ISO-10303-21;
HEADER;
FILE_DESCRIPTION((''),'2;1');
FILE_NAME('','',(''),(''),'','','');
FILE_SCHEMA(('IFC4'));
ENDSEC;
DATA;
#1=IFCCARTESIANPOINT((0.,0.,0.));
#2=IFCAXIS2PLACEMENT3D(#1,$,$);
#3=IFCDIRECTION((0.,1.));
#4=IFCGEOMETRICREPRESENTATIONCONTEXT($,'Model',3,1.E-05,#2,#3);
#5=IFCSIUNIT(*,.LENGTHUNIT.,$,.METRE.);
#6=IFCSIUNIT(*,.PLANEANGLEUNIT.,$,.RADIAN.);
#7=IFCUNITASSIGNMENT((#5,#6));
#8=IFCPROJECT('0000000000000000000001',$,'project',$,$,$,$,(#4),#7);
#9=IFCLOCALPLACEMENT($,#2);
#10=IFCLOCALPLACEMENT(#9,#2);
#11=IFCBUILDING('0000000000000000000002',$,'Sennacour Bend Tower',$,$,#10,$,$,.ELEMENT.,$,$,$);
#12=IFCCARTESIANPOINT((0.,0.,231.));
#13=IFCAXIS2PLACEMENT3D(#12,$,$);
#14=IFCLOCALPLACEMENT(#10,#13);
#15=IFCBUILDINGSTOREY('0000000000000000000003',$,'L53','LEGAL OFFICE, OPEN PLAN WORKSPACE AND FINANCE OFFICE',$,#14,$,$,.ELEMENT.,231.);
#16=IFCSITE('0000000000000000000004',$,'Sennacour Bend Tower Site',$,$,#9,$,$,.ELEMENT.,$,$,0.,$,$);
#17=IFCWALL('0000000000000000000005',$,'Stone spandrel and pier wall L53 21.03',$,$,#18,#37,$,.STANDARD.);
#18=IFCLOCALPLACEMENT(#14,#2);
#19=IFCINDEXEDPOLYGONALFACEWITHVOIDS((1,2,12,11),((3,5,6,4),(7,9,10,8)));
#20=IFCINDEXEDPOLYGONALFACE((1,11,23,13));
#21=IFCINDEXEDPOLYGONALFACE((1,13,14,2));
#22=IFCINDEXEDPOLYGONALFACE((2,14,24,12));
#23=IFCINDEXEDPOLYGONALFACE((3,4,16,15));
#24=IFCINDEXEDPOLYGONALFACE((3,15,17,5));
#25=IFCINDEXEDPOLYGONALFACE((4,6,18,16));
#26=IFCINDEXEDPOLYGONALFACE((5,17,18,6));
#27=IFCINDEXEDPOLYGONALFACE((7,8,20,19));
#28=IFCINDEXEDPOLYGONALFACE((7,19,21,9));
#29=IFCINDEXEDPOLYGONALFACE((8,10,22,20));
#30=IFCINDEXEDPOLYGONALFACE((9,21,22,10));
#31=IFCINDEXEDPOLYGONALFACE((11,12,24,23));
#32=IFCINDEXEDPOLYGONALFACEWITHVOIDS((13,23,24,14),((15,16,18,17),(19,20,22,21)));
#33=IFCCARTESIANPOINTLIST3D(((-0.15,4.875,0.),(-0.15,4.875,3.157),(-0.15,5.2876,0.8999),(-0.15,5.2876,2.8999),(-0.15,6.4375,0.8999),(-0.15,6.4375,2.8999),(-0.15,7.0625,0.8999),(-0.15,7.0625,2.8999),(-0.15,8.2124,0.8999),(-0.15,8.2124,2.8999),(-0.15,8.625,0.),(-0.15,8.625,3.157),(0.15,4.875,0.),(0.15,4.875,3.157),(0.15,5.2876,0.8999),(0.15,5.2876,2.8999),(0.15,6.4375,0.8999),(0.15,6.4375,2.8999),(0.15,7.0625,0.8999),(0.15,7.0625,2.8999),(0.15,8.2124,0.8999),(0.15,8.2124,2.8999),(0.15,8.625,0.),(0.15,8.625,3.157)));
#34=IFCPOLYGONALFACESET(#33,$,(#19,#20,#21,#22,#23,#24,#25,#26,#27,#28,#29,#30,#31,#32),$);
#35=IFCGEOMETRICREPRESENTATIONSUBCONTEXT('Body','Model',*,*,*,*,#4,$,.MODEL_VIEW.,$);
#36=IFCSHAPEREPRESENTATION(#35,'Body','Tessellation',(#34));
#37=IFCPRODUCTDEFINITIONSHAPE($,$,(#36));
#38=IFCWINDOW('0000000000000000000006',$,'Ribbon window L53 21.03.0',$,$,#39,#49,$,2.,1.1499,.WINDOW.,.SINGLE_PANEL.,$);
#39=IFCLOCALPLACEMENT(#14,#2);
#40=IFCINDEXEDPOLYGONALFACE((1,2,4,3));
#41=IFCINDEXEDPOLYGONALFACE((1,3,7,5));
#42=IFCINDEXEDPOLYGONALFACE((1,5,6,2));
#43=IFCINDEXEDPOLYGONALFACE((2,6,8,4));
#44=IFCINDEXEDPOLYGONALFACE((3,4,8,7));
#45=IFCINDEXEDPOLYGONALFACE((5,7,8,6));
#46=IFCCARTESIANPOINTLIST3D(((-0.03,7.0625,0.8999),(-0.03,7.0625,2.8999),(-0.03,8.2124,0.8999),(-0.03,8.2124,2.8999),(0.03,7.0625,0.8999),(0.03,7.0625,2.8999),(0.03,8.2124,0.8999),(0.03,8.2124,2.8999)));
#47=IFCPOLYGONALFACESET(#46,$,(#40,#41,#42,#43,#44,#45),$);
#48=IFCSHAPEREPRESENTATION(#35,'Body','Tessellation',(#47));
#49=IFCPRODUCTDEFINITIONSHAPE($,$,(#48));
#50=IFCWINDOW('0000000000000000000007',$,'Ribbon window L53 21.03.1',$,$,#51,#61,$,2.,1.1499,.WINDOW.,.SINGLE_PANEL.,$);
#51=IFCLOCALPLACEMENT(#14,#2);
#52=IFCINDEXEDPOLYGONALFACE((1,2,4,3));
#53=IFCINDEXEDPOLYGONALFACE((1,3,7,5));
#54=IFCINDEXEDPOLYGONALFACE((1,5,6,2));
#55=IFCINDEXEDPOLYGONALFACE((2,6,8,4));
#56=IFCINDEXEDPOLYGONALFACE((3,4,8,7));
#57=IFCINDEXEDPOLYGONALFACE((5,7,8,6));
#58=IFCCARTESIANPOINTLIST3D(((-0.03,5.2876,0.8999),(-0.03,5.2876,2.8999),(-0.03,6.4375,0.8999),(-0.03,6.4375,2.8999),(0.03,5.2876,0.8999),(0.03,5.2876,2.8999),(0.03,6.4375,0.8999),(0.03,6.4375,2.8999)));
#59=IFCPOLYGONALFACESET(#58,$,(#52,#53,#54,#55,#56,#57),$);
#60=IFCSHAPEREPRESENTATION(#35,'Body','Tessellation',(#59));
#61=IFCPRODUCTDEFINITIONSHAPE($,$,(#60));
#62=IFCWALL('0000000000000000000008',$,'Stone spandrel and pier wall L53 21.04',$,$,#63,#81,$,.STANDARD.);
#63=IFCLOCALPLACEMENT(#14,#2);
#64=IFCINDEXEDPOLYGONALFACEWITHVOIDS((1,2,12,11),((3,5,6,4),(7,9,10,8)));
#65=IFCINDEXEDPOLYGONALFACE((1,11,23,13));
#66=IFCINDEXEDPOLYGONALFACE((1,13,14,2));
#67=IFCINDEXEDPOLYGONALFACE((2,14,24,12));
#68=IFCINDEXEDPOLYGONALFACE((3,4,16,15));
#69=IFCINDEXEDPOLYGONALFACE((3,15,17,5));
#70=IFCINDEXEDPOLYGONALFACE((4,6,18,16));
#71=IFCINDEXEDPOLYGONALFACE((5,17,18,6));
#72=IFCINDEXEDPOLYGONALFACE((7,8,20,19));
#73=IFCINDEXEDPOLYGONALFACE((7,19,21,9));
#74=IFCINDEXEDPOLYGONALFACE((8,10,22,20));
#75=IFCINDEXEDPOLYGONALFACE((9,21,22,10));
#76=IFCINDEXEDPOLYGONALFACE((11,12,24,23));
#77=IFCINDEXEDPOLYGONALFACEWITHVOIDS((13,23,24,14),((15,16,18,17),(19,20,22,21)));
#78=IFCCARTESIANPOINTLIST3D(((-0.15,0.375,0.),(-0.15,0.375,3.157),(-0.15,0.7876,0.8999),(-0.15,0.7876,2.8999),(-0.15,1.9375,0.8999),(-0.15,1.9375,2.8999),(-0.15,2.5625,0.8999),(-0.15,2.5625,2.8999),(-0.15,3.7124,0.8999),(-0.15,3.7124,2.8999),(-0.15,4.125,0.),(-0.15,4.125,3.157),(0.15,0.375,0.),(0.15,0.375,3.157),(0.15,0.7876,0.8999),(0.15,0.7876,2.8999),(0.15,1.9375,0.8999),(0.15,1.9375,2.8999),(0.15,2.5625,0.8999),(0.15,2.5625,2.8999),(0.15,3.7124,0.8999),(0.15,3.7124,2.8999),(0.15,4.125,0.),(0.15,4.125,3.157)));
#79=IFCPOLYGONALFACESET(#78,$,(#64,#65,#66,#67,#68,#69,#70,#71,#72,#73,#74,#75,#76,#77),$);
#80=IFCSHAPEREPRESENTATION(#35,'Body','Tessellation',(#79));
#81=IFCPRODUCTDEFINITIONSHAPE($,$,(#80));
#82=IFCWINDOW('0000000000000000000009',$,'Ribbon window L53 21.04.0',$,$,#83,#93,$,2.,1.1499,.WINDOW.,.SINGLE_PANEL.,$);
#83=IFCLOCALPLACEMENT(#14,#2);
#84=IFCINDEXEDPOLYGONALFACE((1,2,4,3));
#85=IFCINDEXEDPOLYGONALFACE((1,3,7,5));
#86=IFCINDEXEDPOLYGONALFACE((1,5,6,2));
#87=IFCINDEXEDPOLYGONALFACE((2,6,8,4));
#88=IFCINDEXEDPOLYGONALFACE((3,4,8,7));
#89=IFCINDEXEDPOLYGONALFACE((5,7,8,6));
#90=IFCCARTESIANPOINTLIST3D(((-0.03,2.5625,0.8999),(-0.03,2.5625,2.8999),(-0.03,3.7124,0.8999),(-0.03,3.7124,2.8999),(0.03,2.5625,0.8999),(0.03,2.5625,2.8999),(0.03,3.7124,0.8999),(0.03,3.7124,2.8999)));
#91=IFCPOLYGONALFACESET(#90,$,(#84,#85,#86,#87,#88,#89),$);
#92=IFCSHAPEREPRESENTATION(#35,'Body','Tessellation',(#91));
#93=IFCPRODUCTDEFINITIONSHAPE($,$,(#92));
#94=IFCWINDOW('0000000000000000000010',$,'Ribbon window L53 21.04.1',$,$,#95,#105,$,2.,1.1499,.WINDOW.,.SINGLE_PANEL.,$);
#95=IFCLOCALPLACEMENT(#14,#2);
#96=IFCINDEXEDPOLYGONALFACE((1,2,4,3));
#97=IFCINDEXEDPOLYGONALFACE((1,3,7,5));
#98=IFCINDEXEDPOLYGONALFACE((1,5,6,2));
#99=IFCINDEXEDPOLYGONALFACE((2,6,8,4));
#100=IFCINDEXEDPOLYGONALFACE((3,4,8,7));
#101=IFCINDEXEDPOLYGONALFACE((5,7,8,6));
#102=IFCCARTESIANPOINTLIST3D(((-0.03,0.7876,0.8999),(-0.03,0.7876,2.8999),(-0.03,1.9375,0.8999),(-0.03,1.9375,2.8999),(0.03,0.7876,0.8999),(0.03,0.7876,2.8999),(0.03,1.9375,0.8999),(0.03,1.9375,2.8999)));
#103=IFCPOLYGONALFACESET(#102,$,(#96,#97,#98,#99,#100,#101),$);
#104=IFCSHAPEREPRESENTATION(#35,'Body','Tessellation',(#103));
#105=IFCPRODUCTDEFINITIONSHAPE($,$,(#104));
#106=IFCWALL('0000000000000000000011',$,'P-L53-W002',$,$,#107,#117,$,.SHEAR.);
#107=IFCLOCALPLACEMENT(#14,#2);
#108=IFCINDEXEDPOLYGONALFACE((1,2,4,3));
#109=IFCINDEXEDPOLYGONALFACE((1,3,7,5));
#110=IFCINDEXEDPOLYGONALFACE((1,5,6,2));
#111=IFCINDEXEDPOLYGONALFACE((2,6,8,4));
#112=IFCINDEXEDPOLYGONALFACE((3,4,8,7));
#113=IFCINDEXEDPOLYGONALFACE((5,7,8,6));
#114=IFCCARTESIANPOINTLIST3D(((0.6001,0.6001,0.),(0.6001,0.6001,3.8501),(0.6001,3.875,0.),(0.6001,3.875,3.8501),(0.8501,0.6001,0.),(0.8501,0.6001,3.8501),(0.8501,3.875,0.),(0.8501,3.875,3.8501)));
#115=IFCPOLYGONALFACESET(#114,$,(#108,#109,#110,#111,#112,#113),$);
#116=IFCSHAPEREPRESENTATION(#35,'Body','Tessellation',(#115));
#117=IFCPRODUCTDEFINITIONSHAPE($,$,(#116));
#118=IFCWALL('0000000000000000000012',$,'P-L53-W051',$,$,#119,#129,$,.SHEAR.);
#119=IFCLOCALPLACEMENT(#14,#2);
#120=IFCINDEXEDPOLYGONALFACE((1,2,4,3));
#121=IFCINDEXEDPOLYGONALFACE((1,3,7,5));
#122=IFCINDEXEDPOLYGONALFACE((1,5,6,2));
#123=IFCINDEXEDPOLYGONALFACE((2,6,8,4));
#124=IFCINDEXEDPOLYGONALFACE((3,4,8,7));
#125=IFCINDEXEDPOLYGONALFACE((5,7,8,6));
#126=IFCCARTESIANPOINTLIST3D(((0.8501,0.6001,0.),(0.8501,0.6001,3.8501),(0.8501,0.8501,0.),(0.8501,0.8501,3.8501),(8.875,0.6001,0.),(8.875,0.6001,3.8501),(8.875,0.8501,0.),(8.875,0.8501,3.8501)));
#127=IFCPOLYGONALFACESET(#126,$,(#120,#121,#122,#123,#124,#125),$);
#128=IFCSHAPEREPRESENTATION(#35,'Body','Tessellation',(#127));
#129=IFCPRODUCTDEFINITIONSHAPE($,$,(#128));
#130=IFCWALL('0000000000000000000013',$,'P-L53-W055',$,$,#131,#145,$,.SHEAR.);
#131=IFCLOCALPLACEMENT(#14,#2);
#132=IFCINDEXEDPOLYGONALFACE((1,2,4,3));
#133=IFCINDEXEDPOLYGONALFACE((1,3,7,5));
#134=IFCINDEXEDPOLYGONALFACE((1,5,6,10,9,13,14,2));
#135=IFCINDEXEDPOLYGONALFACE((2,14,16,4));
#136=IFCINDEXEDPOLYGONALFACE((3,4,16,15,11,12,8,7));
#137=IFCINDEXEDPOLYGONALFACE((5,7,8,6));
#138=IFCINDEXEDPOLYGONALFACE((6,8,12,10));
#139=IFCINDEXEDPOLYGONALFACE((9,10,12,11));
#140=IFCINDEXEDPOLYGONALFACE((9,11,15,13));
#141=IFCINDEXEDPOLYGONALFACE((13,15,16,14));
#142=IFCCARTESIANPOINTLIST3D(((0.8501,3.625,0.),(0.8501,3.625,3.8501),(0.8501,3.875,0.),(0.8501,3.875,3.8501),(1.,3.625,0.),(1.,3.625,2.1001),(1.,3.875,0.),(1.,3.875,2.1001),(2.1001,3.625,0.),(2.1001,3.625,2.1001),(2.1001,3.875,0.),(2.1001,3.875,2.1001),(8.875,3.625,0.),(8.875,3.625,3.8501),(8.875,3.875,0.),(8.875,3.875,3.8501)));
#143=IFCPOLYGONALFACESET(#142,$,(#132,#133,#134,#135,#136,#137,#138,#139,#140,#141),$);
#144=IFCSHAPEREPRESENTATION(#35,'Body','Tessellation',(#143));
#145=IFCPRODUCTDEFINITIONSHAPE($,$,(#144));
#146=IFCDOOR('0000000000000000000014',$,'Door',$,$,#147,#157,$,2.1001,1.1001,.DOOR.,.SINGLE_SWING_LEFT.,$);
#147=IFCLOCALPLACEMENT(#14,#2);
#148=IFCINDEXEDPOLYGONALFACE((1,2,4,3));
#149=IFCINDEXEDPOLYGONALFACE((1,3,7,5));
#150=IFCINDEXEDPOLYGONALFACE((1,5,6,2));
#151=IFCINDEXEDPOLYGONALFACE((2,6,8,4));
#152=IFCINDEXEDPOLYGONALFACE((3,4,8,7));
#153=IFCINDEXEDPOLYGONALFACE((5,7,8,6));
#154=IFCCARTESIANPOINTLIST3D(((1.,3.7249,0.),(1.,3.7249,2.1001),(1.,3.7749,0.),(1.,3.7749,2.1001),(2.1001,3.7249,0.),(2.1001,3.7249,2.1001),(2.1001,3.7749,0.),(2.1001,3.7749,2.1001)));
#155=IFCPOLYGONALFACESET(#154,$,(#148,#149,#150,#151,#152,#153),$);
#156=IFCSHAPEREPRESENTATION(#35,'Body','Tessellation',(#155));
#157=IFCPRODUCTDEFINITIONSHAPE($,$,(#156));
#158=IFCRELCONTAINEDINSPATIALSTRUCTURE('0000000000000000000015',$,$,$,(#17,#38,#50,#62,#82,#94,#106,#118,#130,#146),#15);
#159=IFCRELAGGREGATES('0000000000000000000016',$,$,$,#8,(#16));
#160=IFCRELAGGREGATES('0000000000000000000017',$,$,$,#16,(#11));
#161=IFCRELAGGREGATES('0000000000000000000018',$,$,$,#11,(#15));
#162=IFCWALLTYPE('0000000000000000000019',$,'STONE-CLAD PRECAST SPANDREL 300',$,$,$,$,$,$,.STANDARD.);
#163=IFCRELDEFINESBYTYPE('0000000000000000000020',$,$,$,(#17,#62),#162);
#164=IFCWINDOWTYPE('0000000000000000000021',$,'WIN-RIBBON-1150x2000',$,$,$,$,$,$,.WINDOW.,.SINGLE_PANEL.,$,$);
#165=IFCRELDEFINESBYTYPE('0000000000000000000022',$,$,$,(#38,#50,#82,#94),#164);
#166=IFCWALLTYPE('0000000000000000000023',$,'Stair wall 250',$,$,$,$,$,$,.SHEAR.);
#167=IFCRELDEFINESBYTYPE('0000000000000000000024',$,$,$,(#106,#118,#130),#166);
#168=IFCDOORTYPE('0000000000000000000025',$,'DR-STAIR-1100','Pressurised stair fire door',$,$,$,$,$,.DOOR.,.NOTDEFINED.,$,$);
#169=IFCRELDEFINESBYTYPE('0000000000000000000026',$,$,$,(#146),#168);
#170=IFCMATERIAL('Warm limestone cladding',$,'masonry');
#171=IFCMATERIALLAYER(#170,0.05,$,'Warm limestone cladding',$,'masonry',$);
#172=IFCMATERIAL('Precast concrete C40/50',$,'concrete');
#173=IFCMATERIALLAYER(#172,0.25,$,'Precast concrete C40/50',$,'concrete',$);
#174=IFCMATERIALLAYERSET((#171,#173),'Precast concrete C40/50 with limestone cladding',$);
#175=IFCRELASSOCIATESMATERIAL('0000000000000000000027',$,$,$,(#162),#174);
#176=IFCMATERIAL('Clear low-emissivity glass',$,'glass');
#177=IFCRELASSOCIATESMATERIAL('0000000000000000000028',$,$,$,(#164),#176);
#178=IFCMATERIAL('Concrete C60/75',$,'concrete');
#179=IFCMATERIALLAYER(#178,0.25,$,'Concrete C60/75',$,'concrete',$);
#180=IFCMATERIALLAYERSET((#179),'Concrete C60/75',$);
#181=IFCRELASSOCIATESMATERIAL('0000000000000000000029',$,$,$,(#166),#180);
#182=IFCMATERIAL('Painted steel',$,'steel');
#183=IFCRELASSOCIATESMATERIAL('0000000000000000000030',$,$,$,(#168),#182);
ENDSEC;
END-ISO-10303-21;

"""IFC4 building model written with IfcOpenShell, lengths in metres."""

from ifc_helpers import new_model, si_unit, direction, frame, frame_2d, origin, place, context, subcontext, project, spatial, rectangle, extrude, material, layer, layer_set, type_object, element, fill, save


model = new_model("IFC4")

# Units and contexts
model_context = context("Model", 3, precision=1e-05, world=origin(), true_north=direction((0.0, 1.0)))
body_context = subcontext(model_context, "Body", "Model", "MODEL_VIEW")
ifc_project = project(units=[si_unit("LENGTHUNIT", "METRE"), si_unit("PLANEANGLEUNIT", "RADIAN")], contexts=[model_context])

# Site, building, storey
site_placement = place(None, origin())
site = spatial("IfcSite", under=ifc_project, at=site_placement, Name="Sennacour Bend Tower Site", CompositionType="ELEMENT", RefElevation=0.0)
building_placement = place(site_placement, origin())
building = spatial("IfcBuilding", under=site, at=building_placement, Name="Sennacour Bend Tower", CompositionType="ELEMENT")
storey_placement = place(building_placement, frame((0.0, 0.0, 231.0)))
storey = spatial("IfcBuildingStorey", under=building, at=storey_placement, Name="L53", Description="LEGAL OFFICE, OPEN PLAN WORKSPACE AND FINANCE OFFICE", CompositionType="ELEMENT", Elevation=231.0)

# Shared definitions
ifc_material_1 = material(Name="Painted steel", Category="steel")

# Walls, openings, windows
ifc_material_2 = material(Name="Warm limestone cladding", Category="masonry")
ifc_layer_1 = layer(ifc_material_2, 0.05, Name="Warm limestone cladding", Category="masonry")
ifc_material_3 = material(Name="Precast concrete C40/50", Category="concrete")
ifc_layer_2 = layer(ifc_material_3, 0.25, Name="Precast concrete C40/50", Category="concrete")
ifc_layer_set_1 = layer_set([ifc_layer_1, ifc_layer_2], Name="Precast concrete C40/50 with limestone cladding")
wall_type_1 = type_object("IfcWallType", Name="STONE-CLAD PRECAST SPANDREL 300", PredefinedType="STANDARD", material=ifc_layer_set_1)
wall_1_placement = place(storey_placement, frame((0.0, 8.625, 0.0), z_axis=(0.0, 0.0, 1.0), x_axis=(0.0, -1.0, 0.0)))
wall_1 = element("IfcWall", 1, at=wall_1_placement, inside=storey, type_object=wall_type_1, Name="Stone spandrel and pier wall L53 21.03", PredefinedType="STANDARD", context=body_context, shape_type="SweptSolid", body=[
    extrude(rectangle(XDim=3.75, YDim=0.3, at=frame_2d((1.875, 0.0))), origin(), (0.0, 0.0, 1.0), 3.157),
])
opening_1_placement = place(wall_1_placement, frame((0.4126, 0.0, 0.8999)))
opening_1 = element("IfcOpeningElement", 2, at=opening_1_placement, cuts=wall_1, PredefinedType="OPENING", context=body_context, shape_type="SweptSolid", body=[
    extrude(rectangle(XDim=1.1499, YDim=2.0, at=frame_2d((0.575, 1.0))), frame((0.0, 0.1602, 0.0), z_axis=(0.0, -1.0, 0.0), x_axis=(1.0, 0.0, 0.0)), (0.0, 0.0, 1.0), 0.3201),
])
opening_2_placement = place(wall_1_placement, frame((2.1875, 0.0, 0.8999)))
opening_2 = element("IfcOpeningElement", 3, at=opening_2_placement, cuts=wall_1, PredefinedType="OPENING", context=body_context, shape_type="SweptSolid", body=[
    extrude(rectangle(XDim=1.1499, YDim=2.0, at=frame_2d((0.575, 1.0))), frame((0.0, 0.1602, 0.0), z_axis=(0.0, -1.0, 0.0), x_axis=(1.0, 0.0, 0.0)), (0.0, 0.0, 1.0), 0.3201),
])
ifc_material_4 = material(Name="Clear low-emissivity glass", Category="glass")
window_type = type_object("IfcWindowType", Name="WIN-RIBBON-1150x2000", PartitioningType="SINGLE_PANEL", PredefinedType="WINDOW", material=ifc_material_4)
window_1_placement = place(opening_1_placement, origin())
window_1 = element("IfcWindow", 4, at=window_1_placement, inside=storey, type_object=window_type, Name="Ribbon window L53 21.03.0", OverallHeight=2.0, OverallWidth=1.1499, PartitioningType="SINGLE_PANEL", PredefinedType="WINDOW", context=body_context, shape_type="SweptSolid", body=[
    extrude(rectangle(XDim=1.1499, YDim=2.0, at=frame_2d((0.575, 1.0))), frame((0.0, 0.03, 0.0), z_axis=(0.0, -1.0, 0.0), x_axis=(1.0, 0.0, 0.0)), (0.0, 0.0, 1.0), 0.0601),
])
fill(opening_1, window_1)
window_2_placement = place(opening_2_placement, origin())
window_2 = element("IfcWindow", 5, at=window_2_placement, inside=storey, type_object=window_type, Name="Ribbon window L53 21.03.1", OverallHeight=2.0, OverallWidth=1.1499, PartitioningType="SINGLE_PANEL", PredefinedType="WINDOW", context=body_context, shape_type="SweptSolid", body=[
    extrude(rectangle(XDim=1.1499, YDim=2.0, at=frame_2d((0.575, 1.0))), frame((0.0, 0.03, 0.0), z_axis=(0.0, -1.0, 0.0), x_axis=(1.0, 0.0, 0.0)), (0.0, 0.0, 1.0), 0.0601),
])
fill(opening_2, window_2)
wall_2_placement = place(storey_placement, frame((0.0, 4.125, 0.0), z_axis=(0.0, 0.0, 1.0), x_axis=(0.0, -1.0, 0.0)))
wall_2 = element("IfcWall", 6, at=wall_2_placement, inside=storey, type_object=wall_type_1, Name="Stone spandrel and pier wall L53 21.04", PredefinedType="STANDARD", context=body_context, shape_type="SweptSolid", body=[
    extrude(rectangle(XDim=3.75, YDim=0.3, at=frame_2d((1.875, 0.0))), origin(), (0.0, 0.0, 1.0), 3.157),
])
opening_3_placement = place(wall_2_placement, frame((0.4126, 0.0, 0.8999)))
opening_3 = element("IfcOpeningElement", 7, at=opening_3_placement, cuts=wall_2, PredefinedType="OPENING", context=body_context, shape_type="SweptSolid", body=[
    extrude(rectangle(XDim=1.1499, YDim=2.0, at=frame_2d((0.575, 1.0))), frame((0.0, 0.1602, 0.0), z_axis=(0.0, -1.0, 0.0), x_axis=(1.0, 0.0, 0.0)), (0.0, 0.0, 1.0), 0.3201),
])
opening_4_placement = place(wall_2_placement, frame((2.1875, 0.0, 0.8999)))
opening_4 = element("IfcOpeningElement", 8, at=opening_4_placement, cuts=wall_2, PredefinedType="OPENING", context=body_context, shape_type="SweptSolid", body=[
    extrude(rectangle(XDim=1.1499, YDim=2.0, at=frame_2d((0.575, 1.0))), frame((0.0, 0.1602, 0.0), z_axis=(0.0, -1.0, 0.0), x_axis=(1.0, 0.0, 0.0)), (0.0, 0.0, 1.0), 0.3201),
])
window_3_placement = place(opening_3_placement, origin())
window_3 = element("IfcWindow", 9, at=window_3_placement, inside=storey, type_object=window_type, Name="Ribbon window L53 21.04.0", OverallHeight=2.0, OverallWidth=1.1499, PartitioningType="SINGLE_PANEL", PredefinedType="WINDOW", context=body_context, shape_type="SweptSolid", body=[
    extrude(rectangle(XDim=1.1499, YDim=2.0, at=frame_2d((0.575, 1.0))), frame((0.0, 0.03, 0.0), z_axis=(0.0, -1.0, 0.0), x_axis=(1.0, 0.0, 0.0)), (0.0, 0.0, 1.0), 0.0601),
])
fill(opening_3, window_3)
window_4_placement = place(opening_4_placement, origin())
window_4 = element("IfcWindow", 10, at=window_4_placement, inside=storey, type_object=window_type, Name="Ribbon window L53 21.04.1", OverallHeight=2.0, OverallWidth=1.1499, PartitioningType="SINGLE_PANEL", PredefinedType="WINDOW", context=body_context, shape_type="SweptSolid", body=[
    extrude(rectangle(XDim=1.1499, YDim=2.0, at=frame_2d((0.575, 1.0))), frame((0.0, 0.03, 0.0), z_axis=(0.0, -1.0, 0.0), x_axis=(1.0, 0.0, 0.0)), (0.0, 0.0, 1.0), 0.0601),
])
fill(opening_4, window_4)

# Walls
ifc_material_5 = material(Name="Concrete C60/75", Category="concrete")
ifc_layer_3 = layer(ifc_material_5, 0.25, Name="Concrete C60/75", Category="concrete")
ifc_layer_set_2 = layer_set([ifc_layer_3], Name="Concrete C60/75")
wall_type_2 = type_object("IfcWallType", Name="Stair wall 250", PredefinedType="SHEAR", material=ifc_layer_set_2)
wall_3_placement = place(storey_placement, frame((0.7251, 0.6001, 0.0), z_axis=(0.0, 0.0, 1.0), x_axis=(0.0, 1.0, 0.0)))
element("IfcWall", 11, at=wall_3_placement, inside=storey, type_object=wall_type_2, Name="P-L53-W002", PredefinedType="SHEAR", context=body_context, shape_type="SweptSolid", body=[
    extrude(rectangle(XDim=3.2749, YDim=0.25, at=frame_2d((1.6375, 0.0))), origin(), (0.0, 0.0, 1.0), 3.8501),
])
wall_4_placement = place(storey_placement, frame((0.8501, 0.7251, 0.0), z_axis=(0.0, 0.0, 1.0), x_axis=(1.0, 0.0, 0.0)))
element("IfcWall", 12, at=wall_4_placement, inside=storey, type_object=wall_type_2, Name="P-L53-W051", PredefinedType="SHEAR", context=body_context, shape_type="SweptSolid", body=[
    extrude(rectangle(XDim=8.0249, YDim=0.25, at=frame_2d((4.0125, 0.0))), origin(), (0.0, 0.0, 1.0), 3.8501),
])

# Wall, opening, door
wall_5_placement = place(storey_placement, frame((0.8501, 3.75, 0.0), z_axis=(0.0, 0.0, 1.0), x_axis=(1.0, 0.0, 0.0)))
wall_5 = element("IfcWall", 13, at=wall_5_placement, inside=storey, type_object=wall_type_2, Name="P-L53-W055", PredefinedType="SHEAR", context=body_context, shape_type="SweptSolid", body=[
    extrude(rectangle(XDim=8.0249, YDim=0.25, at=frame_2d((4.0125, 0.0))), origin(), (0.0, 0.0, 1.0), 3.8501),
])
opening_5_placement = place(wall_5_placement, frame((0.1499, 0.0, 0.0)))
opening_5 = element("IfcOpeningElement", 14, at=opening_5_placement, cuts=wall_5, PredefinedType="OPENING", context=body_context, shape_type="SweptSolid", body=[
    extrude(rectangle(XDim=1.1001, YDim=2.1001, at=frame_2d((0.55, 1.05))), frame((0.0, 0.135, 0.0), z_axis=(0.0, -1.0, 0.0), x_axis=(1.0, 0.0, 0.0)), (0.0, 0.0, 1.0), 0.27),
])
door_type_1 = type_object("IfcDoorType", Name="DR-STAIR-1100", Description="Pressurised stair fire door", OperationType="NOTDEFINED", PredefinedType="DOOR", material=ifc_material_1)
door_1_placement = place(opening_5_placement, origin())
door_1 = element("IfcDoor", 15, at=door_1_placement, inside=storey, type_object=door_type_1, Name="Door", OperationType="SINGLE_SWING_LEFT", OverallHeight=2.1001, OverallWidth=1.1001, PredefinedType="DOOR", context=body_context, shape_type="SweptSolid", body=[
    extrude(rectangle(XDim=1.1001, YDim=2.1001, at=frame_2d((0.55, 1.05))), frame((0.0, 0.0249, 0.0), z_axis=(0.0, -1.0, 0.0), x_axis=(1.0, 0.0, 0.0)), (0.0, 0.0, 1.0), 0.05),
])
fill(opening_5, door_1)

save(model, "model.ifc")
